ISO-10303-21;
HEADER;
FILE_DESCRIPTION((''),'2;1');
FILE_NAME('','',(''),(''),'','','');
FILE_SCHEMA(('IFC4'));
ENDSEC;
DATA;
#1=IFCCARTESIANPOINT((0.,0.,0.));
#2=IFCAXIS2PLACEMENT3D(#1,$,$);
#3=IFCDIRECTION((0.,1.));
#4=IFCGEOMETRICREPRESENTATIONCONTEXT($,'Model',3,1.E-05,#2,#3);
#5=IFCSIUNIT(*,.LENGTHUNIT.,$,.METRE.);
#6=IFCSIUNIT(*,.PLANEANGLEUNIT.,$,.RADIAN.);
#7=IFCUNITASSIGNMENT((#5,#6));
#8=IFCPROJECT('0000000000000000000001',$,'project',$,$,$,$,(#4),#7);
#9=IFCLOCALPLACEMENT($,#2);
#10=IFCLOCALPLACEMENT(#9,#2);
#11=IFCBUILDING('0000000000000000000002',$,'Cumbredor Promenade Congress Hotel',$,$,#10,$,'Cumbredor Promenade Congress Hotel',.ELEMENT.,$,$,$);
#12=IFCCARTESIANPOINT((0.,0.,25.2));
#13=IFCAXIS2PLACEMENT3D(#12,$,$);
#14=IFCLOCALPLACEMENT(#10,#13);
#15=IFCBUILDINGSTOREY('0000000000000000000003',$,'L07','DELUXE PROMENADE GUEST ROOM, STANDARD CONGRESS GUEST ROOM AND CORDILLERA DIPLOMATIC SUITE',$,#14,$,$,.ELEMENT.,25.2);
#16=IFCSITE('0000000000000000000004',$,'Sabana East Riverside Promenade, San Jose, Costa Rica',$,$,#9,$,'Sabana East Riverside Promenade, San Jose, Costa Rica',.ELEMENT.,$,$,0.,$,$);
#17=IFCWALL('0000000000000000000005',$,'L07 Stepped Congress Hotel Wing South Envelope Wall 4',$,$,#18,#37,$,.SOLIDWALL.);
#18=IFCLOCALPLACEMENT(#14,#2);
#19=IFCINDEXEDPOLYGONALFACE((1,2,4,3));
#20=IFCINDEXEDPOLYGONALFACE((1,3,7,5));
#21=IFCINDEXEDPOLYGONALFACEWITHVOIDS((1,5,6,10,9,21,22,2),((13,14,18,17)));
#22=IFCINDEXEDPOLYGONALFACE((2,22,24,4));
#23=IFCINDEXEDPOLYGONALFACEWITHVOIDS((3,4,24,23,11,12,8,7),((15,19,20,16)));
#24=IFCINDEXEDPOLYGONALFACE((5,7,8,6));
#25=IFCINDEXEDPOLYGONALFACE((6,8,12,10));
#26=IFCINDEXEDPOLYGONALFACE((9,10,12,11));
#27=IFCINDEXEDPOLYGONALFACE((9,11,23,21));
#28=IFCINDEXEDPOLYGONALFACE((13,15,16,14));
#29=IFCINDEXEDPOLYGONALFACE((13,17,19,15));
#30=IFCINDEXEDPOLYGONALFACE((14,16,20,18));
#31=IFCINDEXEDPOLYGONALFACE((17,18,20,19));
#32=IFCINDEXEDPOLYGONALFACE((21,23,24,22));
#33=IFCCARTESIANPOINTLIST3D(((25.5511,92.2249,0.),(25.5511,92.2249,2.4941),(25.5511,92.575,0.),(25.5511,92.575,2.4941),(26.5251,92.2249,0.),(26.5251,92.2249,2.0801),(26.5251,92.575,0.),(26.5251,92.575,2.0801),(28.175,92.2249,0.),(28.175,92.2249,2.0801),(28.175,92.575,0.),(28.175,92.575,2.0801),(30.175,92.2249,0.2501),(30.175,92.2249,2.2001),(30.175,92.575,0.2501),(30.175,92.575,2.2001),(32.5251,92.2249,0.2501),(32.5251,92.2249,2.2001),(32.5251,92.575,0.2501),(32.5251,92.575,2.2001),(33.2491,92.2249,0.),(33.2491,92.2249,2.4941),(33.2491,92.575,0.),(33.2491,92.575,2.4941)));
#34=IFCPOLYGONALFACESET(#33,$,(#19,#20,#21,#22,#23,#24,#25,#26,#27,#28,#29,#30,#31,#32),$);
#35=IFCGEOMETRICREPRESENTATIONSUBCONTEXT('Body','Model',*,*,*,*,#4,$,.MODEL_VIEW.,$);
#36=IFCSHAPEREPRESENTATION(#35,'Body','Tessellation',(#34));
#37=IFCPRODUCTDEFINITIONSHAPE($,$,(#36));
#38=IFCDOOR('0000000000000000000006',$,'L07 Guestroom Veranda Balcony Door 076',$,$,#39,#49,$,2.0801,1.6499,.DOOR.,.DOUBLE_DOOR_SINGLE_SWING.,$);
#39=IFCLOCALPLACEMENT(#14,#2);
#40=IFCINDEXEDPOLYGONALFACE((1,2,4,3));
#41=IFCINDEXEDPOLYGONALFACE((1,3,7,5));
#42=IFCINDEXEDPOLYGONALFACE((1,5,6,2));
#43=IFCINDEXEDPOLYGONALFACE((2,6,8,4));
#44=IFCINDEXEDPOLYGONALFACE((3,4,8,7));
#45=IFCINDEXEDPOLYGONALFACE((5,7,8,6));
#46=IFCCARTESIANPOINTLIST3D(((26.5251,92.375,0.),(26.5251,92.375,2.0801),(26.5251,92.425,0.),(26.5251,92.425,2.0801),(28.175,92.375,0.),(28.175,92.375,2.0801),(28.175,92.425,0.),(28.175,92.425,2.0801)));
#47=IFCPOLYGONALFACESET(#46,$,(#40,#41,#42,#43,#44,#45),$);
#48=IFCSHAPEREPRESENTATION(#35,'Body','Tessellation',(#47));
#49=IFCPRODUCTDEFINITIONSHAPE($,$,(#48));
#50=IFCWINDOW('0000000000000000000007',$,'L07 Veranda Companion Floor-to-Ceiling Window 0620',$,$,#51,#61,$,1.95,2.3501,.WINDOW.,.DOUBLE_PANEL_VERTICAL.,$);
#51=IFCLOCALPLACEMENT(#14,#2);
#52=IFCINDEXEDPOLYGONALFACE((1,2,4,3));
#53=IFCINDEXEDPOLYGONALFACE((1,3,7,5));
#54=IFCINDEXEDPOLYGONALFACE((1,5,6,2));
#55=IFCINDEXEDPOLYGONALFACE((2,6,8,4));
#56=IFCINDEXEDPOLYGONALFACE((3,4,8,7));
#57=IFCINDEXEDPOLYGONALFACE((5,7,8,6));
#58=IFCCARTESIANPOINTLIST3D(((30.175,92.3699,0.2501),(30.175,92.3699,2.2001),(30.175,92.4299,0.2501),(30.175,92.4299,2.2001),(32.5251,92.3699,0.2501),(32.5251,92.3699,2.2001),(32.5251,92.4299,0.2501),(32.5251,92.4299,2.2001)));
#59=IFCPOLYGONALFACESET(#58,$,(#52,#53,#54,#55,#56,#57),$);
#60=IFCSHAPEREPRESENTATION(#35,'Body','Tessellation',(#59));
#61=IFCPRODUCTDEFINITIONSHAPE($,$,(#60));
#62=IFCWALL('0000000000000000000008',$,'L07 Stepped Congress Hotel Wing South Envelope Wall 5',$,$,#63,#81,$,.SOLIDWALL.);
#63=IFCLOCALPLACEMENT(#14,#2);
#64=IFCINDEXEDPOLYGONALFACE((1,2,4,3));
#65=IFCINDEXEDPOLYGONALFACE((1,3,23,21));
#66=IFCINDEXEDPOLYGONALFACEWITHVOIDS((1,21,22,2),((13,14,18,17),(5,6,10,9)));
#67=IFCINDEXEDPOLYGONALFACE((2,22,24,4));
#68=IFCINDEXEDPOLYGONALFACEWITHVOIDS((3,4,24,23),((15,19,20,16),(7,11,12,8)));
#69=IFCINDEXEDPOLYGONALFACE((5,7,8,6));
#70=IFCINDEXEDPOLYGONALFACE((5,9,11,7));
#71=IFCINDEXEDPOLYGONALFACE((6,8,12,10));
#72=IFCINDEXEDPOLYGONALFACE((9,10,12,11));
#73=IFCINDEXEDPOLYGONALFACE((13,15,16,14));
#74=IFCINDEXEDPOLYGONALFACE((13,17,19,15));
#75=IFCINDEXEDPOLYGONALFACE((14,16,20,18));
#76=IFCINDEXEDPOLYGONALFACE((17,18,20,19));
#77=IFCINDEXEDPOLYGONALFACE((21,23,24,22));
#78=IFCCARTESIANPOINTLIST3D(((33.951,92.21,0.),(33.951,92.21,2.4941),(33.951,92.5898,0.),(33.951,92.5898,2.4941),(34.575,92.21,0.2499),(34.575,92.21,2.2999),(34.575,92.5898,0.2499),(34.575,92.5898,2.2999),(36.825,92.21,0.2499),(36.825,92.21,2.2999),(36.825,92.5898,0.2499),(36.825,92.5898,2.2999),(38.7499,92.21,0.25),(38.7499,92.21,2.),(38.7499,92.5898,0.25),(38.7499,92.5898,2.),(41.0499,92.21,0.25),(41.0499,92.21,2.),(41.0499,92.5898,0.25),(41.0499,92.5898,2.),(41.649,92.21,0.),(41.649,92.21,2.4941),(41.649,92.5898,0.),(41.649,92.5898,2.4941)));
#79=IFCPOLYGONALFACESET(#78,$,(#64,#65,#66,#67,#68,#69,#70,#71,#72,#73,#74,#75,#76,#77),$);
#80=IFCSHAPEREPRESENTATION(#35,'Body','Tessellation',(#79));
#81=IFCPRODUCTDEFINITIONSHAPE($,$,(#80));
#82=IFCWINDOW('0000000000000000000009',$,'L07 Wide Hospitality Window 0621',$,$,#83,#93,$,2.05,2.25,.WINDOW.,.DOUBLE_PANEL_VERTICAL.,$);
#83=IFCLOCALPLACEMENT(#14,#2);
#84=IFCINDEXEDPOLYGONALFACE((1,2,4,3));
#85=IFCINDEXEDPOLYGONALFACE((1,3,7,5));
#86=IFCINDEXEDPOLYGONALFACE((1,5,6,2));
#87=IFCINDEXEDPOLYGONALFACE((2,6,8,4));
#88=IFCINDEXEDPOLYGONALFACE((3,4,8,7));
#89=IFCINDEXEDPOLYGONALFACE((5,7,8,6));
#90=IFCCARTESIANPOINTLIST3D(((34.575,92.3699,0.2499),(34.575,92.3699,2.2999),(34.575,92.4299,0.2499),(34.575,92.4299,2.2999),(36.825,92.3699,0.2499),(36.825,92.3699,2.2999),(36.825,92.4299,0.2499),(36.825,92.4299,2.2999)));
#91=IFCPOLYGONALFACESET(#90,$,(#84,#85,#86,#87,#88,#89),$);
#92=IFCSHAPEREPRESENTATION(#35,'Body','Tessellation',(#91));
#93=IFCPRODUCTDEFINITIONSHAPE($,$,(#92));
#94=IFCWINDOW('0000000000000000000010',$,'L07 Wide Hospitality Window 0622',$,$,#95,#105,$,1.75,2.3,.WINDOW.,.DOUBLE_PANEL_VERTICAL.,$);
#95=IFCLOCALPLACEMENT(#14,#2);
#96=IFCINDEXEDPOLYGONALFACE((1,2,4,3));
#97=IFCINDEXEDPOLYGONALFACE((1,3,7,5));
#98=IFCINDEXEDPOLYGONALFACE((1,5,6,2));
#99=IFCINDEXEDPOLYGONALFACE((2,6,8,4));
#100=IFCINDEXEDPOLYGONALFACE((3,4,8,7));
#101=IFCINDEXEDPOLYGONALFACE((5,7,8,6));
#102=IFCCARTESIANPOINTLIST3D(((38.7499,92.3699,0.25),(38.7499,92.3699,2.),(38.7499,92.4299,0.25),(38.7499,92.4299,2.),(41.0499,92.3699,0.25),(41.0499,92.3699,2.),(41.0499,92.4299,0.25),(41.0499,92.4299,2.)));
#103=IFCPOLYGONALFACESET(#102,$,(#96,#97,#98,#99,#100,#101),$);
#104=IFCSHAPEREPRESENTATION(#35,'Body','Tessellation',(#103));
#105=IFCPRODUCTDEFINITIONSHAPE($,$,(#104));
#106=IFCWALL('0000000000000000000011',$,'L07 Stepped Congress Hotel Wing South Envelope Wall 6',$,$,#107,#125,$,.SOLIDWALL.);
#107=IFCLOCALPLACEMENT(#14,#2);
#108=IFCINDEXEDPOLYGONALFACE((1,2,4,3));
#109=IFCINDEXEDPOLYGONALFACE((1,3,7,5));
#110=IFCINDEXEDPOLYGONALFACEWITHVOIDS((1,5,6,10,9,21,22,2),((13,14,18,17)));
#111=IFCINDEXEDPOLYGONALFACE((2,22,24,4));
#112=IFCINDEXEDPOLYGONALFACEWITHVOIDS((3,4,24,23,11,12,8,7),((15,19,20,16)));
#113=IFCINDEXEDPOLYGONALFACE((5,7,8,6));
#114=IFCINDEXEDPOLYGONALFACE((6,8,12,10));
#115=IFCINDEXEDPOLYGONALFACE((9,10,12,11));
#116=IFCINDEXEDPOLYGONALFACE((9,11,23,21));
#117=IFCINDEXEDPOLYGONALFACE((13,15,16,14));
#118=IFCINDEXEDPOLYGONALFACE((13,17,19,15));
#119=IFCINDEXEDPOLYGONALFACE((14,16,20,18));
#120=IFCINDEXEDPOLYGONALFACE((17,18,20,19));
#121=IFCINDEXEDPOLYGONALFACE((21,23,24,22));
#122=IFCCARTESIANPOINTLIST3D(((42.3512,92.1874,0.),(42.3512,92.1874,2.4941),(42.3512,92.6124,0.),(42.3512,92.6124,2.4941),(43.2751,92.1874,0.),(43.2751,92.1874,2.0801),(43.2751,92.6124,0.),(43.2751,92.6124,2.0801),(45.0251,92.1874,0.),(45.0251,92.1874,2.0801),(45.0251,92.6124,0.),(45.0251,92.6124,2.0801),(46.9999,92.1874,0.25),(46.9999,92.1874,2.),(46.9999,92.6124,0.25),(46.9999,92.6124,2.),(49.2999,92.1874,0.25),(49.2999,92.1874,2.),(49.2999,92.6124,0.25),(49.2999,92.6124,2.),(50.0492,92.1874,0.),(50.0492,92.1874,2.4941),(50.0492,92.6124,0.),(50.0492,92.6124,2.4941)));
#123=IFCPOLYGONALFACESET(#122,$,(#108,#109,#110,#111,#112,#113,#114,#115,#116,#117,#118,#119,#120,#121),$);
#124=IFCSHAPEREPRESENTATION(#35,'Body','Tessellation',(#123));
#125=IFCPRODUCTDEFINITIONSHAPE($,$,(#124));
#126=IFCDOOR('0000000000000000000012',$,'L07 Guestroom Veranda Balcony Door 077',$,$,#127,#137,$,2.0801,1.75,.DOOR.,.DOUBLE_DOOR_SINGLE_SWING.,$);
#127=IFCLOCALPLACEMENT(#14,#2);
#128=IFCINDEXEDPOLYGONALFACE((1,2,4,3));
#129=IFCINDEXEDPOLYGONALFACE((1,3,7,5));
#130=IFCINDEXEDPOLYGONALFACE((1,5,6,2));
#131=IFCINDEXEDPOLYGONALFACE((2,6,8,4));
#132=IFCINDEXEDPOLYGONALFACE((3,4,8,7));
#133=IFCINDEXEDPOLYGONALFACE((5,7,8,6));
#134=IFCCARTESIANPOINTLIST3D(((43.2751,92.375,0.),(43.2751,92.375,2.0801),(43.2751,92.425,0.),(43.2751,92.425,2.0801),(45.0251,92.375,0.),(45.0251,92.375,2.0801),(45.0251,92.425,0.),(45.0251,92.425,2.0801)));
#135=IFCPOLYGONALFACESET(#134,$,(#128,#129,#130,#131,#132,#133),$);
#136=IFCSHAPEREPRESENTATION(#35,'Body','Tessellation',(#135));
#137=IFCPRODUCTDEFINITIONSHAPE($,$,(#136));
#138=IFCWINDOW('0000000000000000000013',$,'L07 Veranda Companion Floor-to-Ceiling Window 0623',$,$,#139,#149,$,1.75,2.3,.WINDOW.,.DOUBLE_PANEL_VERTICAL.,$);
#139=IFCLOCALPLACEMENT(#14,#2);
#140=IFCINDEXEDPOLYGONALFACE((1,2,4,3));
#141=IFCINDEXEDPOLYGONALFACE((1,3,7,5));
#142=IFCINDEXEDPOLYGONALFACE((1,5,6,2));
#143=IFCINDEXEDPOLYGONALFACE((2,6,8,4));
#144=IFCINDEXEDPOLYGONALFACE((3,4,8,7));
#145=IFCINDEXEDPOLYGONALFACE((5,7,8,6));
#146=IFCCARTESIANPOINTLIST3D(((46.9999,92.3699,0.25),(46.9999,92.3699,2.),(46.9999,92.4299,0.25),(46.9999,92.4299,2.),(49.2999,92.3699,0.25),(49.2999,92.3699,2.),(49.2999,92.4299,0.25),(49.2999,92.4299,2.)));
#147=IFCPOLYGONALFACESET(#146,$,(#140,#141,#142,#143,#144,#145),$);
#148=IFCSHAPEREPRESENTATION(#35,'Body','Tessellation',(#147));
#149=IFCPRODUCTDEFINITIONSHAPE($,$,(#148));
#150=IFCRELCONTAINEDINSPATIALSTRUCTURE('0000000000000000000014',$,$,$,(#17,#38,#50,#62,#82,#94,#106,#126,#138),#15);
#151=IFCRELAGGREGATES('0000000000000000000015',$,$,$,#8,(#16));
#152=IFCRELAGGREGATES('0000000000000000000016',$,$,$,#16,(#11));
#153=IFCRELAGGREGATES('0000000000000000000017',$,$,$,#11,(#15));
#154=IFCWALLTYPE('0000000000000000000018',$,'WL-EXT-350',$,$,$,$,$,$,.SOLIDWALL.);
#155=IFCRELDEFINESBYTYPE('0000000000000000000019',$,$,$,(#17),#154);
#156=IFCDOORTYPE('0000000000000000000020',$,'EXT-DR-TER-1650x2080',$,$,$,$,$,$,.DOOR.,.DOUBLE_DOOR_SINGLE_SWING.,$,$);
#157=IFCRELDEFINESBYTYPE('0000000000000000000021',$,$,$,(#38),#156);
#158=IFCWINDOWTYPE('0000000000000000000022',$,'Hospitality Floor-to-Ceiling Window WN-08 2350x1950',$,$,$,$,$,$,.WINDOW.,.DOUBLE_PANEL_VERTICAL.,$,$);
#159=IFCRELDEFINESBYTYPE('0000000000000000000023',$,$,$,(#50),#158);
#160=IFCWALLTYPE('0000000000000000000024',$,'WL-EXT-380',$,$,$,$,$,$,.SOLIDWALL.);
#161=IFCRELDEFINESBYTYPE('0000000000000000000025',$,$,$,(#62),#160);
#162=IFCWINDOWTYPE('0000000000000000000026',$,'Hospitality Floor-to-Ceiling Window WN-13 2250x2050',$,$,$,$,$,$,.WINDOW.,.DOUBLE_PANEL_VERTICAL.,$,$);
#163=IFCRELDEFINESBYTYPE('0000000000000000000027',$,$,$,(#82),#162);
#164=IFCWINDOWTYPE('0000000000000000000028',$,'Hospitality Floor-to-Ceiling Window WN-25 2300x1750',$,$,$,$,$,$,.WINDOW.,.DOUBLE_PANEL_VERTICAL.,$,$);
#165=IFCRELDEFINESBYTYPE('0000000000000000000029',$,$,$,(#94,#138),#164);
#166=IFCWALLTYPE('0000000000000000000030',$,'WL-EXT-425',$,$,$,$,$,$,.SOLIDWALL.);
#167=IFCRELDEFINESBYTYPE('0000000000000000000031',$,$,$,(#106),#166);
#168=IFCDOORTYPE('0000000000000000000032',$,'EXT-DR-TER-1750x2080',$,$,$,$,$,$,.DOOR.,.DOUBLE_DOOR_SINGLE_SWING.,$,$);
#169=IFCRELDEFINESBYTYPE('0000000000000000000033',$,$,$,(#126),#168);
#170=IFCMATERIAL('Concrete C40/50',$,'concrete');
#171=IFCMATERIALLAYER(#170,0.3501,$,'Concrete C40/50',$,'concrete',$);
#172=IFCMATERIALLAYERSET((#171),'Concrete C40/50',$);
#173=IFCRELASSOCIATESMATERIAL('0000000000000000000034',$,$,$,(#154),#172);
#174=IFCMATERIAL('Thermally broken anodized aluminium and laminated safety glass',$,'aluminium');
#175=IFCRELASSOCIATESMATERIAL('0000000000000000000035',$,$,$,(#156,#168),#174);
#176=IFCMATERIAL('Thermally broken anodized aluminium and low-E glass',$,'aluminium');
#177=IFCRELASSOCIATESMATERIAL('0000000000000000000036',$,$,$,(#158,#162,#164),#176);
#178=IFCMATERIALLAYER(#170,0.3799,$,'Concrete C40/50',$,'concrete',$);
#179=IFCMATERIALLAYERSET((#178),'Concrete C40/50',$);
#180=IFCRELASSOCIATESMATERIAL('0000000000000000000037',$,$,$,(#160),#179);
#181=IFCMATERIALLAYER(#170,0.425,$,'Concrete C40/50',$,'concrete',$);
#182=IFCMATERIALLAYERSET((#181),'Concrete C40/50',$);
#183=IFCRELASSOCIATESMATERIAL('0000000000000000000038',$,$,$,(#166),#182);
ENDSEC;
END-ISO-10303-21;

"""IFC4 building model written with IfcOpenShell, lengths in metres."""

from ifc_helpers import new_model, si_unit, direction, frame, frame_2d, origin, place, context, subcontext, project, spatial, rectangle, extrude, material, layer, layer_set, type_object, element, fill, save


model = new_model("IFC4")

# Units and contexts
model_context = context("Model", 3, precision=1e-05, world=origin(), true_north=direction((0.0, 1.0)))
body_context = subcontext(model_context, "Body", "Model", "MODEL_VIEW")
ifc_project = project(units=[si_unit("LENGTHUNIT", "METRE"), si_unit("PLANEANGLEUNIT", "RADIAN")], contexts=[model_context])

# Site, building, storey
site_placement = place(None, origin())
site = spatial("IfcSite", under=ifc_project, at=site_placement, Name="Sabana East Riverside Promenade, San Jose, Costa Rica", LongName="Sabana East Riverside Promenade, San Jose, Costa Rica", CompositionType="ELEMENT", RefElevation=0.0)
building_placement = place(site_placement, origin())
building = spatial("IfcBuilding", under=site, at=building_placement, Name="Cumbredor Promenade Congress Hotel", LongName="Cumbredor Promenade Congress Hotel", CompositionType="ELEMENT")
storey_placement = place(building_placement, frame((0.0, 0.0, 25.2)))
storey = spatial("IfcBuildingStorey", under=building, at=storey_placement, Name="L07", Description="DELUXE PROMENADE GUEST ROOM, STANDARD CONGRESS GUEST ROOM AND CORDILLERA DIPLOMATIC SUITE", CompositionType="ELEMENT", Elevation=25.2)

# Shared definitions
ifc_material_1 = material(Name="Concrete C40/50", Category="concrete")

# Wall, openings, door, window
ifc_layer_1 = layer(ifc_material_1, 0.3501, Name="Concrete C40/50", Category="concrete")
ifc_layer_set_1 = layer_set([ifc_layer_1], Name="Concrete C40/50")
wall_type_1 = type_object("IfcWallType", Name="WL-EXT-350", PredefinedType="SOLIDWALL", material=ifc_layer_set_1)
wall_1_placement = place(storey_placement, frame((25.551, 92.3999, 0.0), z_axis=(0.0, 0.0, 1.0), x_axis=(1.0, 0.0, 0.0)))
wall_1 = element("IfcWall", 1, at=wall_1_placement, inside=storey, type_object=wall_type_1, Name="L07 Stepped Congress Hotel Wing South Envelope Wall 4", PredefinedType="SOLIDWALL", context=body_context, shape_type="SweptSolid", body=[
    extrude(rectangle(XDim=7.698, YDim=0.3501, at=frame_2d((3.8491, 0.0))), origin(), (0.0, 0.0, 1.0), 2.4941),
])
opening_1_placement = place(wall_1_placement, frame((0.9741, 0.0, 0.0)))
opening_1 = element("IfcOpeningElement", 2, at=opening_1_placement, cuts=wall_1, PredefinedType="OPENING", context=body_context, shape_type="SweptSolid", body=[
    extrude(rectangle(XDim=1.6499, YDim=2.0801, at=frame_2d((0.825, 1.04))), frame((0.0, 0.1851, 0.0), z_axis=(0.0, -1.0, 0.0), x_axis=(1.0, 0.0, 0.0)), (0.0, 0.0, 1.0), 0.3701),
])
opening_2_placement = place(wall_1_placement, frame((4.624, 0.0, 0.25)))
opening_2 = element("IfcOpeningElement", 3, at=opening_2_placement, cuts=wall_1, PredefinedType="OPENING", context=body_context, shape_type="SweptSolid", body=[
    extrude(rectangle(XDim=2.3501, YDim=1.95, at=frame_2d((1.175, 0.9751))), frame((0.0, 0.1851, 0.0), z_axis=(0.0, -1.0, 0.0), x_axis=(1.0, 0.0, 0.0)), (0.0, 0.0, 1.0), 0.3701),
])
ifc_material_2 = material(Name="Thermally broken anodized aluminium and laminated safety glass", Category="aluminium")
door_type_1 = type_object("IfcDoorType", Name="EXT-DR-TER-1650x2080", OperationType="DOUBLE_DOOR_SINGLE_SWING", PredefinedType="DOOR", material=ifc_material_2)
door_1_placement = place(opening_1_placement, frame((1.6499, 0.0, 0.0), z_axis=(0.0, 0.0, 1.0), x_axis=(-1.0, 0.0, 0.0)))
door_1 = element("IfcDoor", 4, at=door_1_placement, inside=storey, type_object=door_type_1, Name="L07 Guestroom Veranda Balcony Door 076", OperationType="DOUBLE_DOOR_SINGLE_SWING", OverallHeight=2.0801, OverallWidth=1.6499, PredefinedType="DOOR", context=body_context, shape_type="SweptSolid", body=[
    extrude(rectangle(XDim=1.6499, YDim=2.0801, at=frame_2d((0.825, 1.04))), frame((0.0, 0.0249, 0.0), z_axis=(0.0, -1.0, 0.0), x_axis=(1.0, 0.0, 0.0)), (0.0, 0.0, 1.0), 0.05),
])
fill(opening_1, door_1)
ifc_material_3 = material(Name="Thermally broken anodized aluminium and low-E glass", Category="aluminium")
window_type_1 = type_object("IfcWindowType", Name="Hospitality Floor-to-Ceiling Window WN-08 2350x1950", PartitioningType="DOUBLE_PANEL_VERTICAL", PredefinedType="WINDOW", material=ifc_material_3)
window_1_placement = place(opening_2_placement, origin())
window_1 = element("IfcWindow", 5, at=window_1_placement, inside=storey, type_object=window_type_1, Name="L07 Veranda Companion Floor-to-Ceiling Window 0620", OverallHeight=1.95, OverallWidth=2.3501, PartitioningType="DOUBLE_PANEL_VERTICAL", PredefinedType="WINDOW", context=body_context, shape_type="SweptSolid", body=[
    extrude(rectangle(XDim=2.3501, YDim=1.95, at=frame_2d((1.175, 0.9751))), frame((0.0, 0.03, 0.0), z_axis=(0.0, -1.0, 0.0), x_axis=(1.0, 0.0, 0.0)), (0.0, 0.0, 1.0), 0.0601),
])
fill(opening_2, window_1)

# Wall, openings, windows
ifc_layer_2 = layer(ifc_material_1, 0.3799, Name="Concrete C40/50", Category="concrete")
ifc_layer_set_2 = layer_set([ifc_layer_2], Name="Concrete C40/50")
wall_type_2 = type_object("IfcWallType", Name="WL-EXT-380", PredefinedType="SOLIDWALL", material=ifc_layer_set_2)
wall_2_placement = place(storey_placement, frame((33.9509, 92.3999, 0.0), z_axis=(0.0, 0.0, 1.0), x_axis=(1.0, 0.0, 0.0)))
wall_2 = element("IfcWall", 6, at=wall_2_placement, inside=storey, type_object=wall_type_2, Name="L07 Stepped Congress Hotel Wing South Envelope Wall 5", PredefinedType="SOLIDWALL", context=body_context, shape_type="SweptSolid", body=[
    extrude(rectangle(XDim=7.698, YDim=0.3799, at=frame_2d((3.8491, 0.0))), origin(), (0.0, 0.0, 1.0), 2.4941),
])
opening_3_placement = place(wall_2_placement, frame((0.624, 0.0, 0.25)))
opening_3 = element("IfcOpeningElement", 7, at=opening_3_placement, cuts=wall_2, PredefinedType="OPENING", context=body_context, shape_type="SweptSolid", body=[
    extrude(rectangle(XDim=2.25, YDim=2.05, at=frame_2d((1.125, 1.0249))), frame((0.0, 0.2, 0.0), z_axis=(0.0, -1.0, 0.0), x_axis=(1.0, 0.0, 0.0)), (0.0, 0.0, 1.0), 0.3999),
])
opening_4_placement = place(wall_2_placement, frame((4.7991, 0.0, 0.25)))
opening_4 = element("IfcOpeningElement", 8, at=opening_4_placement, cuts=wall_2, PredefinedType="OPENING", context=body_context, shape_type="SweptSolid", body=[
    extrude(rectangle(XDim=2.3, YDim=1.75, at=frame_2d((1.1499, 0.875))), frame((0.0, 0.2, 0.0), z_axis=(0.0, -1.0, 0.0), x_axis=(1.0, 0.0, 0.0)), (0.0, 0.0, 1.0), 0.3999),
])
window_type_2 = type_object("IfcWindowType", Name="Hospitality Floor-to-Ceiling Window WN-13 2250x2050", PartitioningType="DOUBLE_PANEL_VERTICAL", PredefinedType="WINDOW", material=ifc_material_3)
window_2_placement = place(opening_3_placement, origin())
window_2 = element("IfcWindow", 9, at=window_2_placement, inside=storey, type_object=window_type_2, Name="L07 Wide Hospitality Window 0621", OverallHeight=2.05, OverallWidth=2.25, PartitioningType="DOUBLE_PANEL_VERTICAL", PredefinedType="WINDOW", context=body_context, shape_type="SweptSolid", body=[
    extrude(rectangle(XDim=2.25, YDim=2.05, at=frame_2d((1.125, 1.0249))), frame((0.0, 0.03, 0.0), z_axis=(0.0, -1.0, 0.0), x_axis=(1.0, 0.0, 0.0)), (0.0, 0.0, 1.0), 0.0601),
])
fill(opening_3, window_2)
window_type_3 = type_object("IfcWindowType", Name="Hospitality Floor-to-Ceiling Window WN-25 2300x1750", PartitioningType="DOUBLE_PANEL_VERTICAL", PredefinedType="WINDOW", material=ifc_material_3)
window_3_placement = place(opening_4_placement, origin())
window_3 = element("IfcWindow", 10, at=window_3_placement, inside=storey, type_object=window_type_3, Name="L07 Wide Hospitality Window 0622", OverallHeight=1.75, OverallWidth=2.3, PartitioningType="DOUBLE_PANEL_VERTICAL", PredefinedType="WINDOW", context=body_context, shape_type="SweptSolid", body=[
    extrude(rectangle(XDim=2.3, YDim=1.75, at=frame_2d((1.1499, 0.875))), frame((0.0, 0.03, 0.0), z_axis=(0.0, -1.0, 0.0), x_axis=(1.0, 0.0, 0.0)), (0.0, 0.0, 1.0), 0.0601),
])
fill(opening_4, window_3)

# Wall, openings, door, window
ifc_layer_3 = layer(ifc_material_1, 0.425, Name="Concrete C40/50", Category="concrete")
ifc_layer_set_3 = layer_set([ifc_layer_3], Name="Concrete C40/50")
wall_type_3 = type_object("IfcWallType", Name="WL-EXT-425", PredefinedType="SOLIDWALL", material=ifc_layer_set_3)
wall_3_placement = place(storey_placement, frame((42.3511, 92.3999, 0.0), z_axis=(0.0, 0.0, 1.0), x_axis=(1.0, 0.0, 0.0)))
wall_3 = element("IfcWall", 11, at=wall_3_placement, inside=storey, type_object=wall_type_3, Name="L07 Stepped Congress Hotel Wing South Envelope Wall 6", PredefinedType="SOLIDWALL", context=body_context, shape_type="SweptSolid", body=[
    extrude(rectangle(XDim=7.698, YDim=0.425, at=frame_2d((3.8491, 0.0))), origin(), (0.0, 0.0, 1.0), 2.4941),
])
opening_5_placement = place(wall_3_placement, frame((0.9241, 0.0, 0.0)))
opening_5 = element("IfcOpeningElement", 12, at=opening_5_placement, cuts=wall_3, PredefinedType="OPENING", context=body_context, shape_type="SweptSolid", body=[
    extrude(rectangle(XDim=1.75, YDim=2.0801, at=frame_2d((0.875, 1.04))), frame((0.0, 0.2227, 0.0), z_axis=(0.0, -1.0, 0.0), x_axis=(1.0, 0.0, 0.0)), (0.0, 0.0, 1.0), 0.4451),
])
opening_6_placement = place(wall_3_placement, frame((4.6489, 0.0, 0.25)))
opening_6 = element("IfcOpeningElement", 13, at=opening_6_placement, cuts=wall_3, PredefinedType="OPENING", context=body_context, shape_type="SweptSolid", body=[
    extrude(rectangle(XDim=2.3, YDim=1.75, at=frame_2d((1.1499, 0.875))), frame((0.0, 0.2227, 0.0), z_axis=(0.0, -1.0, 0.0), x_axis=(1.0, 0.0, 0.0)), (0.0, 0.0, 1.0), 0.4451),
])
door_type_2 = type_object("IfcDoorType", Name="EXT-DR-TER-1750x2080", OperationType="DOUBLE_DOOR_SINGLE_SWING", PredefinedType="DOOR", material=ifc_material_2)
door_2_placement = place(opening_5_placement, frame((1.75, 0.0, 0.0), z_axis=(0.0, 0.0, 1.0), x_axis=(-1.0, 0.0, 0.0)))
door_2 = element("IfcDoor", 14, at=door_2_placement, inside=storey, type_object=door_type_2, Name="L07 Guestroom Veranda Balcony Door 077", OperationType="DOUBLE_DOOR_SINGLE_SWING", OverallHeight=2.0801, OverallWidth=1.75, PredefinedType="DOOR", context=body_context, shape_type="SweptSolid", body=[
    extrude(rectangle(XDim=1.75, YDim=2.0801, at=frame_2d((0.875, 1.04))), frame((0.0, 0.0249, 0.0), z_axis=(0.0, -1.0, 0.0), x_axis=(1.0, 0.0, 0.0)), (0.0, 0.0, 1.0), 0.05),
])
fill(opening_5, door_2)
window_4_placement = place(opening_6_placement, origin())
window_4 = element("IfcWindow", 15, at=window_4_placement, inside=storey, type_object=window_type_3, Name="L07 Veranda Companion Floor-to-Ceiling Window 0623", OverallHeight=1.75, OverallWidth=2.3, PartitioningType="DOUBLE_PANEL_VERTICAL", PredefinedType="WINDOW", context=body_context, shape_type="SweptSolid", body=[
    extrude(rectangle(XDim=2.3, YDim=1.75, at=frame_2d((1.1499, 0.875))), frame((0.0, 0.03, 0.0), z_axis=(0.0, -1.0, 0.0), x_axis=(1.0, 0.0, 0.0)), (0.0, 0.0, 1.0), 0.0601),
])
fill(opening_6, window_4)

save(model, "model.ifc")
